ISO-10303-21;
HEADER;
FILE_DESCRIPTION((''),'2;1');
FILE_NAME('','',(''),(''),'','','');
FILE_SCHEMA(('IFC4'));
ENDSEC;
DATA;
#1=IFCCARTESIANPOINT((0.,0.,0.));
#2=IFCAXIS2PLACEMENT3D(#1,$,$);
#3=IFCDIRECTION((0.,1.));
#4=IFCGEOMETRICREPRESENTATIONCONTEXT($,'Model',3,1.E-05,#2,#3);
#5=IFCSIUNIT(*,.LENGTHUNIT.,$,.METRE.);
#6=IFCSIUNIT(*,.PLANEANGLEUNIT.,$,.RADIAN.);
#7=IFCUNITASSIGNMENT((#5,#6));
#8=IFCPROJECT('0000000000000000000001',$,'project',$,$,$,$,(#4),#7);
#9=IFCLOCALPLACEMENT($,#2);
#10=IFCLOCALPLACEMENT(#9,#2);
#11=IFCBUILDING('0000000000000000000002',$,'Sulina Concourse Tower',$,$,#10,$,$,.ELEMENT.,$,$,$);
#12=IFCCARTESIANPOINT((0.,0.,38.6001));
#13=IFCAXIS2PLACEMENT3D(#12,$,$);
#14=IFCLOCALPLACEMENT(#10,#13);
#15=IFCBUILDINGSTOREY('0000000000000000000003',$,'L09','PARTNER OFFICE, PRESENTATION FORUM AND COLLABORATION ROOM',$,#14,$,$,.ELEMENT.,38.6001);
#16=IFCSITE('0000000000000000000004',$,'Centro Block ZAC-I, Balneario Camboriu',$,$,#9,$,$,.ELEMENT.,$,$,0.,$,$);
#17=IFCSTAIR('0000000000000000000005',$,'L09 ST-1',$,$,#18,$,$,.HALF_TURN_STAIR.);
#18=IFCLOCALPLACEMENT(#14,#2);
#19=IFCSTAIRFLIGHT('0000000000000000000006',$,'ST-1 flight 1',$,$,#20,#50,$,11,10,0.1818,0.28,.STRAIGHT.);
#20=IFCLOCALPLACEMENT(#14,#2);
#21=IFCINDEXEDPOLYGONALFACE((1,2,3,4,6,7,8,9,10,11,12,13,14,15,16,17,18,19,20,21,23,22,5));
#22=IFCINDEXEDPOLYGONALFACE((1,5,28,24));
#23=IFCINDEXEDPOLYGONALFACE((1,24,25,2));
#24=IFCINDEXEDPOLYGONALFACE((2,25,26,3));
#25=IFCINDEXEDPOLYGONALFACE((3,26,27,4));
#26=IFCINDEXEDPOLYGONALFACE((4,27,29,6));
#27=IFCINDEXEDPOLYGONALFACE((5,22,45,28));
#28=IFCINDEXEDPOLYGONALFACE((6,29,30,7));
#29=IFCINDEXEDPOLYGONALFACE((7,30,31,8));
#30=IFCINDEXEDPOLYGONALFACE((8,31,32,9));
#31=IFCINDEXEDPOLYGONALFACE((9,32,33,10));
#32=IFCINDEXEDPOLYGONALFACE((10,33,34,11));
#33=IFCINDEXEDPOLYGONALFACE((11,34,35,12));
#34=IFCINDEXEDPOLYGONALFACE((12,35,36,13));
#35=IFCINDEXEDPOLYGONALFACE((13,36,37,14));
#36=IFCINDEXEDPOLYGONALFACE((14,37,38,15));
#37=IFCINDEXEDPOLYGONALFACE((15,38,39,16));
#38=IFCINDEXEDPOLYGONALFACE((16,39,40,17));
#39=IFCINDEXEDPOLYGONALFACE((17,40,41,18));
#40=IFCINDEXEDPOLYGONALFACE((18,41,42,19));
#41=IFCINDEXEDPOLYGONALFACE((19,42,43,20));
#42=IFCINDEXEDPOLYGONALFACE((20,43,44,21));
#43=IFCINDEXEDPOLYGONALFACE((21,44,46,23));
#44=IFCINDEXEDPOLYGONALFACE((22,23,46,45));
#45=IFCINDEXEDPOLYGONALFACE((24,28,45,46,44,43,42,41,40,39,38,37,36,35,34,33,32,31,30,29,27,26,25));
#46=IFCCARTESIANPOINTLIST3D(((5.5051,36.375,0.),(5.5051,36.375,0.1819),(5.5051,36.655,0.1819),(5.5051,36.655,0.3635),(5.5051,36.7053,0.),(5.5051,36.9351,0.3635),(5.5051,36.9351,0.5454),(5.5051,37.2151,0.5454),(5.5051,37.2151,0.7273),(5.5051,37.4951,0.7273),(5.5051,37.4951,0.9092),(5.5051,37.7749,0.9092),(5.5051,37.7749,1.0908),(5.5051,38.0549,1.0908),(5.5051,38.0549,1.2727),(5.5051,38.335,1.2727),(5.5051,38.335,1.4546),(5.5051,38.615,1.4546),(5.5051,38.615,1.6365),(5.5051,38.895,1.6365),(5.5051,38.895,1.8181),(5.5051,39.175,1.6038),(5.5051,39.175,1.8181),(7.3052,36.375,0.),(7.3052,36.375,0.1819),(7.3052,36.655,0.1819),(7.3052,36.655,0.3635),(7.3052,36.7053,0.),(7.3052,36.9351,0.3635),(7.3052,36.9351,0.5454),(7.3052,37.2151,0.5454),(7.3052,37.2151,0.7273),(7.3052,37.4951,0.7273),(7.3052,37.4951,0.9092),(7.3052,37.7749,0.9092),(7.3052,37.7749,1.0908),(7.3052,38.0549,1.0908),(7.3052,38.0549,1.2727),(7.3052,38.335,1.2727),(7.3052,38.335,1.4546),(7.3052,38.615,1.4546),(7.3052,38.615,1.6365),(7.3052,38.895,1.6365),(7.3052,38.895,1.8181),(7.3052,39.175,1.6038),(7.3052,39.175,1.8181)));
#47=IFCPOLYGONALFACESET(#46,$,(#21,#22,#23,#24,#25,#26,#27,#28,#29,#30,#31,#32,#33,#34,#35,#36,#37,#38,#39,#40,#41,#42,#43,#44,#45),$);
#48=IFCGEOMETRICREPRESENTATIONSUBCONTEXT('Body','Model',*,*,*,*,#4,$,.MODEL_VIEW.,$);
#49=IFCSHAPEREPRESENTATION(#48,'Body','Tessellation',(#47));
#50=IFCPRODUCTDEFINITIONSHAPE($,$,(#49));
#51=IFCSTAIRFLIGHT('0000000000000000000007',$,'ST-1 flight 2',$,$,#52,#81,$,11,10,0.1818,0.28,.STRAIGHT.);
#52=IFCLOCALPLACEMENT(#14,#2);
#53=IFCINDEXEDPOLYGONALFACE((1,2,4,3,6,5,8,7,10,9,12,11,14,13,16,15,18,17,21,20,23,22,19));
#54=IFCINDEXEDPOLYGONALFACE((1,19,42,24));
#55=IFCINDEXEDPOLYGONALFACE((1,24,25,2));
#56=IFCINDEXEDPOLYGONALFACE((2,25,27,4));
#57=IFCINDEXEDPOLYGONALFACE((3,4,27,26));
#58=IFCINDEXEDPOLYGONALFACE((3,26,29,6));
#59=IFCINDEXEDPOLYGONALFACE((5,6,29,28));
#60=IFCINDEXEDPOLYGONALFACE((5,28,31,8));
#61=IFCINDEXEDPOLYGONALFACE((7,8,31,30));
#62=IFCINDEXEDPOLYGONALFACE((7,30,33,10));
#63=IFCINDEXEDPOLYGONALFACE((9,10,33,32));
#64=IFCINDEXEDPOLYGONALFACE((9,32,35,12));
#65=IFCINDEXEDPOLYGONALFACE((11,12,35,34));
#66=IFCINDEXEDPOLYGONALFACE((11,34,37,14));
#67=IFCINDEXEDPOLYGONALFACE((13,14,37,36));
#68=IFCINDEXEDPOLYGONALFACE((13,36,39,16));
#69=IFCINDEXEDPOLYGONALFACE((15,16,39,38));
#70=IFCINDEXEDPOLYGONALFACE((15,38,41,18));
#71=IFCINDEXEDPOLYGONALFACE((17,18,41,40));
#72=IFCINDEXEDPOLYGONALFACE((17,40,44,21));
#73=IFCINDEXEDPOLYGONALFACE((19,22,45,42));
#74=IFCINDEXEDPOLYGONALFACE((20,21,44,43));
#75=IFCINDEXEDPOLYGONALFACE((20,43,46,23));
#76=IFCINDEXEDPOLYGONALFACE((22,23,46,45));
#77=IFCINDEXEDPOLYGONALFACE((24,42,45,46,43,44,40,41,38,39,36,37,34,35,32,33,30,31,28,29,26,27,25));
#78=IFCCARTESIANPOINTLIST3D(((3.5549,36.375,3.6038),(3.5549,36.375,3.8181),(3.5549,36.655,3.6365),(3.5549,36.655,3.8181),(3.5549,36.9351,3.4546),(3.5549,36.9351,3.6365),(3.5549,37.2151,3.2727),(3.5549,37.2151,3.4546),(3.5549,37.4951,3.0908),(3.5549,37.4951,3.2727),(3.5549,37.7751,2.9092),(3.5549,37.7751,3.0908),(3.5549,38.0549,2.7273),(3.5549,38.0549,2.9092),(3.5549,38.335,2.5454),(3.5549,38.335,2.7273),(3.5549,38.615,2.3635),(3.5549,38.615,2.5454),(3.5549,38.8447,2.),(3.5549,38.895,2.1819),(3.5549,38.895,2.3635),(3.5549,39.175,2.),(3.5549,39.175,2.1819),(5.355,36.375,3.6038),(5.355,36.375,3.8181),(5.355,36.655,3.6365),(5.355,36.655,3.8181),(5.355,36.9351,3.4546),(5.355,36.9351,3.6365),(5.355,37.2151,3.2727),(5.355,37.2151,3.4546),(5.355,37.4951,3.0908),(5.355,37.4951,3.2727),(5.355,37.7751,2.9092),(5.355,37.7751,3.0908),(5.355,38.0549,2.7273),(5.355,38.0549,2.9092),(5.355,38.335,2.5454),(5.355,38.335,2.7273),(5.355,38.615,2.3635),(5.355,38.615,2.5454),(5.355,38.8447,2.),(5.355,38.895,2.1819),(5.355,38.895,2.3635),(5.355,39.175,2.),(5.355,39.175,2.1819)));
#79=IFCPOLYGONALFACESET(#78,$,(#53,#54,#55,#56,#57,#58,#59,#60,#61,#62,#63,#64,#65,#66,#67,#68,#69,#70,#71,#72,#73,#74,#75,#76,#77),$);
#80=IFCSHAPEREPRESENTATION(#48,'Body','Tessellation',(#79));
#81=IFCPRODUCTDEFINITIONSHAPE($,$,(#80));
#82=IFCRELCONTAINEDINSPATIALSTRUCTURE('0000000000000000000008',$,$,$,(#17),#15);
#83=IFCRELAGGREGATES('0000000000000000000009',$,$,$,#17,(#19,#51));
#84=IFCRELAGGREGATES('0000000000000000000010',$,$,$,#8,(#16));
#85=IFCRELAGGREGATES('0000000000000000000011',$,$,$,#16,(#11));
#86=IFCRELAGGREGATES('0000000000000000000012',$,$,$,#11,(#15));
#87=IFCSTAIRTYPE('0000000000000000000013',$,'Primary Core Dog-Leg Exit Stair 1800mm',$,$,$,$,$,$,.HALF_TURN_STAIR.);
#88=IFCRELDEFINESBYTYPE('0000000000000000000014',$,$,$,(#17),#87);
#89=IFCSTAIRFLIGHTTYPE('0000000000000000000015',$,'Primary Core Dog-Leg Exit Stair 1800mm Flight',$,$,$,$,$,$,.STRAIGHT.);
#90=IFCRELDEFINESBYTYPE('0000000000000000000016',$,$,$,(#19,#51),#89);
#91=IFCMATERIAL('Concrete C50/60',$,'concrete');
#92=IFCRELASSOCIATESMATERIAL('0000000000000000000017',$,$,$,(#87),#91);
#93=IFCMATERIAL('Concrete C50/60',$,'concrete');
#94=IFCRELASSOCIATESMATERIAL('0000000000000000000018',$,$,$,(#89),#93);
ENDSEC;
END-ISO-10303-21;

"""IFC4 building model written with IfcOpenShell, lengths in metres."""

from ifc_helpers import new_model, si_unit, direction, frame, origin, place, context, subcontext, project, spatial, polyline, outline, extrude, material, type_object, element, aggregate, save


model = new_model("IFC4")

# Units and contexts
model_context = context("Model", 3, precision=1e-05, world=origin(), true_north=direction((0.0, 1.0)))
body_context = subcontext(model_context, "Body", "Model", "MODEL_VIEW")
ifc_project = project(units=[si_unit("LENGTHUNIT", "METRE"), si_unit("PLANEANGLEUNIT", "RADIAN")], contexts=[model_context])

# Site, building, storey
site_placement = place(None, origin())
site = spatial("IfcSite", under=ifc_project, at=site_placement, Name="Centro Block ZAC-I, Balneario Camboriu", CompositionType="ELEMENT", RefElevation=0.0)
building_placement = place(site_placement, origin())
building = spatial("IfcBuilding", under=site, at=building_placement, Name="Sulina Concourse Tower", CompositionType="ELEMENT")
storey_placement = place(building_placement, frame((0.0, 0.0, 38.6001)))
storey = spatial("IfcBuildingStorey", under=building, at=storey_placement, Name="L09", Description="PARTNER OFFICE, PRESENTATION FORUM AND COLLABORATION ROOM", CompositionType="ELEMENT", Elevation=38.6001)

# Stair, stair flights
ifc_material_1 = material(Name="Concrete C50/60", Category="concrete")
stair_type = type_object("IfcStairType", Name="Primary Core Dog-Leg Exit Stair 1800mm", PredefinedType="HALF_TURN_STAIR", material=ifc_material_1)
stair_placement = place(storey_placement, origin())
stair = element("IfcStair", 1, at=stair_placement, inside=storey, type_object=stair_type, Name="L09 ST-1", PredefinedType="HALF_TURN_STAIR")
ifc_material_2 = material(Name="Concrete C50/60", Category="concrete")
stair_flight_type = type_object("IfcStairFlightType", Name="Primary Core Dog-Leg Exit Stair 1800mm Flight", PredefinedType="STRAIGHT", material=ifc_material_2)
stair_flight_1_placement = place(storey_placement, frame((6.405, 36.375, 0.0), z_axis=(0.0, 0.0, 1.0), x_axis=(0.0, 1.0, 0.0)))
stair_flight_1 = element("IfcStairFlight", 2, at=stair_flight_1_placement, type_object=stair_flight_type, Name="ST-1 flight 1", NumberOfRisers=11, NumberOfTreads=10, PredefinedType="STRAIGHT", RiserHeight=0.1818, TreadLength=0.28, context=body_context, shape_type="SweptSolid", body=[
    extrude(outline(polyline([(0.0, 0.0), (0.0, 0.1819), (0.28, 0.1819), (0.28, 0.3635), (0.5601, 0.3635), (0.5601, 0.5454), (0.8401, 0.5454), (0.8401, 0.7273), (1.1201, 0.7273), (1.1201, 0.9092), (1.3999, 0.9092), (1.3999, 1.0908), (1.6799, 1.0908), (1.6799, 1.2727), (1.96, 1.2727), (1.96, 1.4546), (2.24, 1.4546), (2.24, 1.6365), (2.52, 1.6365), (2.52, 1.8181), (2.8, 1.8181), (2.8, 2.0), (2.8, 1.6038), (0.3303, 0.0), (0.0, 0.0)])), frame((0.0, 0.8999, 0.0), z_axis=(0.0, -1.0, 0.0), x_axis=(1.0, 0.0, 0.0)), (0.0, 0.0, 1.0), 1.8),
])
stair_flight_2_placement = place(storey_placement, frame((4.4551, 39.175, 2.0), z_axis=(0.0, 0.0, 1.0), x_axis=(0.0, -1.0, 0.0)))
stair_flight_2 = element("IfcStairFlight", 3, at=stair_flight_2_placement, type_object=stair_flight_type, Name="ST-1 flight 2", NumberOfRisers=11, NumberOfTreads=10, PredefinedType="STRAIGHT", RiserHeight=0.1818, TreadLength=0.28, context=body_context, shape_type="SweptSolid", body=[
    extrude(outline(polyline([(0.0, 0.0), (0.0, 0.1819), (0.28, 0.1819), (0.28, 0.3635), (0.5601, 0.3635), (0.5601, 0.5454), (0.8401, 0.5454), (0.8401, 0.7273), (1.1201, 0.7273), (1.1201, 0.9092), (1.3999, 0.9092), (1.3999, 1.0908), (1.6799, 1.0908), (1.6799, 1.2727), (1.96, 1.2727), (1.96, 1.4546), (2.24, 1.4546), (2.24, 1.6365), (2.52, 1.6365), (2.52, 1.8181), (2.8, 1.8181), (2.8, 2.0), (2.8, 1.6038), (0.3303, 0.0), (0.0, 0.0)])), frame((0.0, 0.8999, 0.0), z_axis=(0.0, -1.0, 0.0), x_axis=(1.0, 0.0, 0.0)), (0.0, 0.0, 1.0), 1.8),
])
aggregate(stair, [stair_flight_1, stair_flight_2])

save(model, "model.ifc")
